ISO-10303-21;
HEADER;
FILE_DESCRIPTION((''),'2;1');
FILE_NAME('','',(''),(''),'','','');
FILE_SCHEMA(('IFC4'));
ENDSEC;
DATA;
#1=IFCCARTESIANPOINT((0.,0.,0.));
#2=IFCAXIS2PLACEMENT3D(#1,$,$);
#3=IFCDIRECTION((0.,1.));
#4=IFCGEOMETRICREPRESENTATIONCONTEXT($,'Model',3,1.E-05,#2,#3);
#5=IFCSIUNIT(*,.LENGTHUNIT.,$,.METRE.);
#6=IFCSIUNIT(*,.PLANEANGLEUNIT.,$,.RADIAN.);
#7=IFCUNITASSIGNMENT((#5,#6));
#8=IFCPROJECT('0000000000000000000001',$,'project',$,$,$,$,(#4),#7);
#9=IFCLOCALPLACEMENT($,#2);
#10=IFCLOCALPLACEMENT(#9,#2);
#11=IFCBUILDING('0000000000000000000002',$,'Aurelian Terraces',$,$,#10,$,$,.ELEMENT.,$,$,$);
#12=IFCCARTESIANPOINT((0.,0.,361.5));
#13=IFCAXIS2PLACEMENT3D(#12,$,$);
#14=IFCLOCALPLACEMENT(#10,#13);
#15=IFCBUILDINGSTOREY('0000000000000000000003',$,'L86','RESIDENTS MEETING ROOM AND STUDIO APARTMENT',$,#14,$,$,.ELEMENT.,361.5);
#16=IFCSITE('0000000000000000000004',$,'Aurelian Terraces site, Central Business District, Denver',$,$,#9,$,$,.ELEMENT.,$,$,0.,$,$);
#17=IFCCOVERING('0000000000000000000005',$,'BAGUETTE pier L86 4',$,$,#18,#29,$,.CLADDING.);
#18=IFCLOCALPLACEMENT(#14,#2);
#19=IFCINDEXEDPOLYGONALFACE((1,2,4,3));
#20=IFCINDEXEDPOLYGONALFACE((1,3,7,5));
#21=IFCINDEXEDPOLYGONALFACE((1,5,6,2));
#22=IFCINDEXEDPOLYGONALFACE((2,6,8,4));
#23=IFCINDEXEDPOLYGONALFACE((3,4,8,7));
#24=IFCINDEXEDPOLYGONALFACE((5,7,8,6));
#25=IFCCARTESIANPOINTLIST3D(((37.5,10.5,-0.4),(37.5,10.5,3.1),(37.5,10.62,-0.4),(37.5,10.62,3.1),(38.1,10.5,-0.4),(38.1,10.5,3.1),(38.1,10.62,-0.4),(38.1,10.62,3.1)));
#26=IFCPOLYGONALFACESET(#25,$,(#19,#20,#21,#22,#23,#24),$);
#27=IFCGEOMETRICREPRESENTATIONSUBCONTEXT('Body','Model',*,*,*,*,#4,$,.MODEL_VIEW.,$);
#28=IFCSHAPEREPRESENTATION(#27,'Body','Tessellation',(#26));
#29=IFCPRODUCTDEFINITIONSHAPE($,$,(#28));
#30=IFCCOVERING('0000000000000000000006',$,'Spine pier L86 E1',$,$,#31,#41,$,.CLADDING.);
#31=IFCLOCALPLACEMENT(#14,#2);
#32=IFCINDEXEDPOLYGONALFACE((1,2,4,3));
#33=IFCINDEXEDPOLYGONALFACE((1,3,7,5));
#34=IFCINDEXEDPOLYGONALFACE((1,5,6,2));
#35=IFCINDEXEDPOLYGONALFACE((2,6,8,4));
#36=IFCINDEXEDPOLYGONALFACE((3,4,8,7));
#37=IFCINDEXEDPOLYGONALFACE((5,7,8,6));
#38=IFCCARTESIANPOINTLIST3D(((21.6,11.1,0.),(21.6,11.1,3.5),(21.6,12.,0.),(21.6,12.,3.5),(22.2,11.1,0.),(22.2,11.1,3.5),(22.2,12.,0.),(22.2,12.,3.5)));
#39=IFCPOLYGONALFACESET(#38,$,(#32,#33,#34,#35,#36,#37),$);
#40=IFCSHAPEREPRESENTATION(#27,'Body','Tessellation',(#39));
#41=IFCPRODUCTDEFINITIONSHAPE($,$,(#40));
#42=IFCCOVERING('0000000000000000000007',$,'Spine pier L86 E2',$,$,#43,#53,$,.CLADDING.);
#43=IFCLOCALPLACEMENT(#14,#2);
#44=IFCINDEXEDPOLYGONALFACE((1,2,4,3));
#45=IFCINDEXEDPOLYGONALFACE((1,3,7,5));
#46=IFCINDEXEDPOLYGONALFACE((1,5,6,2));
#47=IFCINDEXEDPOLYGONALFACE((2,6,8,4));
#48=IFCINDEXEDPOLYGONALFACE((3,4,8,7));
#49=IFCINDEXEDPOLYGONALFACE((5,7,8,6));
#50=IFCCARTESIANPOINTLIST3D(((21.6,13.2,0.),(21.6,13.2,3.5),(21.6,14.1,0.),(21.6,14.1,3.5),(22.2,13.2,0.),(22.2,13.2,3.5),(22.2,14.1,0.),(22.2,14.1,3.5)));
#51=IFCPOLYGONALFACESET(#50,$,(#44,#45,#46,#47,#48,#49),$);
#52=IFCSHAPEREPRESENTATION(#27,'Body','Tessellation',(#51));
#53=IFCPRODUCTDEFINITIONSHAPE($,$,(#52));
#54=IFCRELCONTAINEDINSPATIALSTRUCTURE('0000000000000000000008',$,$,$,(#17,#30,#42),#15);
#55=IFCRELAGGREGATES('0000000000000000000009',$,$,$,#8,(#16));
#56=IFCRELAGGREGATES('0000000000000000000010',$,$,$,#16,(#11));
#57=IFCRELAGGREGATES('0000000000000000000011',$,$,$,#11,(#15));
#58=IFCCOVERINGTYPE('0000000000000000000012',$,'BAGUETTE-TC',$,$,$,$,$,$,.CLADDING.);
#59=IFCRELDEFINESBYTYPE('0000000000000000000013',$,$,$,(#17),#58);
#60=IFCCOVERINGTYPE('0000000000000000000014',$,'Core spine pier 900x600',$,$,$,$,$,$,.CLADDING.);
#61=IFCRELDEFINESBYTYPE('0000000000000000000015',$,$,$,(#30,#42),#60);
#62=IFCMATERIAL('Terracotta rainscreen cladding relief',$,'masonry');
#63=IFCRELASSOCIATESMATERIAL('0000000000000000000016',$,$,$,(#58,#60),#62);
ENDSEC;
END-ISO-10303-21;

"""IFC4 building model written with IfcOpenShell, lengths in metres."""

from ifc_helpers import new_model, si_unit, direction, frame, origin, origin_2d, place, context, subcontext, project, spatial, rectangle, extrude, source, transform, mapped, material, type_object, element, save


model = new_model("IFC4")

# Units and contexts
model_context = context("Model", 3, precision=1e-05, world=origin(), true_north=direction((0.0, 1.0)))
body_context = subcontext(model_context, "Body", "Model", "MODEL_VIEW")
ifc_project = project(units=[si_unit("LENGTHUNIT", "METRE"), si_unit("PLANEANGLEUNIT", "RADIAN")], contexts=[model_context])

# Site, building, storey
site_placement = place(None, origin())
site = spatial("IfcSite", under=ifc_project, at=site_placement, Name="Aurelian Terraces site, Central Business District, Denver", CompositionType="ELEMENT", RefElevation=0.0)
building_placement = place(site_placement, origin())
building = spatial("IfcBuilding", under=site, at=building_placement, Name="Aurelian Terraces", CompositionType="ELEMENT")
storey_placement = place(building_placement, frame((0.0, 0.0, 361.5)))
storey = spatial("IfcBuildingStorey", under=building, at=storey_placement, Name="L86", Description="RESIDENTS MEETING ROOM AND STUDIO APARTMENT", CompositionType="ELEMENT", Elevation=361.5)

# Coverings
ifc_material_1 = material(Name="Terracotta rainscreen cladding relief", Category="masonry")
covering_type_1 = type_object("IfcCoveringType", Name="BAGUETTE-TC", PredefinedType="CLADDING", material=ifc_material_1)
shared_shape_1 = source(origin(), body_context, "Body", "SweptSolid", [
    extrude(rectangle(XDim=0.6, YDim=0.12, at=origin_2d()), origin(), (0.0, 0.0, 1.0), 3.5),
])
covering_1_placement = place(storey_placement, frame((37.8, 10.56, -0.4), z_axis=(0.0, 0.0, 1.0), x_axis=(1.0, 0.0, 0.0)))
element("IfcCovering", 1, at=covering_1_placement, inside=storey, type_object=covering_type_1, Name="BAGUETTE pier L86 4", PredefinedType="CLADDING", context=body_context, shape_type="MappedRepresentation", body=[
    mapped(shared_shape_1, transform((0.0, 0.0, 0.0), scale=1.0)),
])
covering_type_2 = type_object("IfcCoveringType", Name="Core spine pier 900x600", PredefinedType="CLADDING", material=ifc_material_1)
shared_shape_2 = source(origin(), body_context, "Body", "SweptSolid", [
    extrude(rectangle(XDim=0.6, YDim=0.9, at=origin_2d()), origin(), (0.0, 0.0, 1.0), 3.5),
])
for number, where, z_axis, x_axis, name in (
    (2, (21.9, 11.55, 0.0), (0.0, 0.0, 1.0), (1.0, 0.0, 0.0), "Spine pier L86 E1"),
    (3, (21.9, 13.65, 0.0), (0.0, 0.0, 1.0), (1.0, 0.0, 0.0), "Spine pier L86 E2"),
):
    element("IfcCovering", number, at=place(storey_placement, frame(where, z_axis=z_axis, x_axis=x_axis)), inside=storey, type_object=covering_type_2, Name=name, PredefinedType="CLADDING", context=body_context, shape_type="MappedRepresentation", body=[
        mapped(shared_shape_2, transform((0.0, 0.0, 0.0), scale=1.0)),
    ])

save(model, "model.ifc")
